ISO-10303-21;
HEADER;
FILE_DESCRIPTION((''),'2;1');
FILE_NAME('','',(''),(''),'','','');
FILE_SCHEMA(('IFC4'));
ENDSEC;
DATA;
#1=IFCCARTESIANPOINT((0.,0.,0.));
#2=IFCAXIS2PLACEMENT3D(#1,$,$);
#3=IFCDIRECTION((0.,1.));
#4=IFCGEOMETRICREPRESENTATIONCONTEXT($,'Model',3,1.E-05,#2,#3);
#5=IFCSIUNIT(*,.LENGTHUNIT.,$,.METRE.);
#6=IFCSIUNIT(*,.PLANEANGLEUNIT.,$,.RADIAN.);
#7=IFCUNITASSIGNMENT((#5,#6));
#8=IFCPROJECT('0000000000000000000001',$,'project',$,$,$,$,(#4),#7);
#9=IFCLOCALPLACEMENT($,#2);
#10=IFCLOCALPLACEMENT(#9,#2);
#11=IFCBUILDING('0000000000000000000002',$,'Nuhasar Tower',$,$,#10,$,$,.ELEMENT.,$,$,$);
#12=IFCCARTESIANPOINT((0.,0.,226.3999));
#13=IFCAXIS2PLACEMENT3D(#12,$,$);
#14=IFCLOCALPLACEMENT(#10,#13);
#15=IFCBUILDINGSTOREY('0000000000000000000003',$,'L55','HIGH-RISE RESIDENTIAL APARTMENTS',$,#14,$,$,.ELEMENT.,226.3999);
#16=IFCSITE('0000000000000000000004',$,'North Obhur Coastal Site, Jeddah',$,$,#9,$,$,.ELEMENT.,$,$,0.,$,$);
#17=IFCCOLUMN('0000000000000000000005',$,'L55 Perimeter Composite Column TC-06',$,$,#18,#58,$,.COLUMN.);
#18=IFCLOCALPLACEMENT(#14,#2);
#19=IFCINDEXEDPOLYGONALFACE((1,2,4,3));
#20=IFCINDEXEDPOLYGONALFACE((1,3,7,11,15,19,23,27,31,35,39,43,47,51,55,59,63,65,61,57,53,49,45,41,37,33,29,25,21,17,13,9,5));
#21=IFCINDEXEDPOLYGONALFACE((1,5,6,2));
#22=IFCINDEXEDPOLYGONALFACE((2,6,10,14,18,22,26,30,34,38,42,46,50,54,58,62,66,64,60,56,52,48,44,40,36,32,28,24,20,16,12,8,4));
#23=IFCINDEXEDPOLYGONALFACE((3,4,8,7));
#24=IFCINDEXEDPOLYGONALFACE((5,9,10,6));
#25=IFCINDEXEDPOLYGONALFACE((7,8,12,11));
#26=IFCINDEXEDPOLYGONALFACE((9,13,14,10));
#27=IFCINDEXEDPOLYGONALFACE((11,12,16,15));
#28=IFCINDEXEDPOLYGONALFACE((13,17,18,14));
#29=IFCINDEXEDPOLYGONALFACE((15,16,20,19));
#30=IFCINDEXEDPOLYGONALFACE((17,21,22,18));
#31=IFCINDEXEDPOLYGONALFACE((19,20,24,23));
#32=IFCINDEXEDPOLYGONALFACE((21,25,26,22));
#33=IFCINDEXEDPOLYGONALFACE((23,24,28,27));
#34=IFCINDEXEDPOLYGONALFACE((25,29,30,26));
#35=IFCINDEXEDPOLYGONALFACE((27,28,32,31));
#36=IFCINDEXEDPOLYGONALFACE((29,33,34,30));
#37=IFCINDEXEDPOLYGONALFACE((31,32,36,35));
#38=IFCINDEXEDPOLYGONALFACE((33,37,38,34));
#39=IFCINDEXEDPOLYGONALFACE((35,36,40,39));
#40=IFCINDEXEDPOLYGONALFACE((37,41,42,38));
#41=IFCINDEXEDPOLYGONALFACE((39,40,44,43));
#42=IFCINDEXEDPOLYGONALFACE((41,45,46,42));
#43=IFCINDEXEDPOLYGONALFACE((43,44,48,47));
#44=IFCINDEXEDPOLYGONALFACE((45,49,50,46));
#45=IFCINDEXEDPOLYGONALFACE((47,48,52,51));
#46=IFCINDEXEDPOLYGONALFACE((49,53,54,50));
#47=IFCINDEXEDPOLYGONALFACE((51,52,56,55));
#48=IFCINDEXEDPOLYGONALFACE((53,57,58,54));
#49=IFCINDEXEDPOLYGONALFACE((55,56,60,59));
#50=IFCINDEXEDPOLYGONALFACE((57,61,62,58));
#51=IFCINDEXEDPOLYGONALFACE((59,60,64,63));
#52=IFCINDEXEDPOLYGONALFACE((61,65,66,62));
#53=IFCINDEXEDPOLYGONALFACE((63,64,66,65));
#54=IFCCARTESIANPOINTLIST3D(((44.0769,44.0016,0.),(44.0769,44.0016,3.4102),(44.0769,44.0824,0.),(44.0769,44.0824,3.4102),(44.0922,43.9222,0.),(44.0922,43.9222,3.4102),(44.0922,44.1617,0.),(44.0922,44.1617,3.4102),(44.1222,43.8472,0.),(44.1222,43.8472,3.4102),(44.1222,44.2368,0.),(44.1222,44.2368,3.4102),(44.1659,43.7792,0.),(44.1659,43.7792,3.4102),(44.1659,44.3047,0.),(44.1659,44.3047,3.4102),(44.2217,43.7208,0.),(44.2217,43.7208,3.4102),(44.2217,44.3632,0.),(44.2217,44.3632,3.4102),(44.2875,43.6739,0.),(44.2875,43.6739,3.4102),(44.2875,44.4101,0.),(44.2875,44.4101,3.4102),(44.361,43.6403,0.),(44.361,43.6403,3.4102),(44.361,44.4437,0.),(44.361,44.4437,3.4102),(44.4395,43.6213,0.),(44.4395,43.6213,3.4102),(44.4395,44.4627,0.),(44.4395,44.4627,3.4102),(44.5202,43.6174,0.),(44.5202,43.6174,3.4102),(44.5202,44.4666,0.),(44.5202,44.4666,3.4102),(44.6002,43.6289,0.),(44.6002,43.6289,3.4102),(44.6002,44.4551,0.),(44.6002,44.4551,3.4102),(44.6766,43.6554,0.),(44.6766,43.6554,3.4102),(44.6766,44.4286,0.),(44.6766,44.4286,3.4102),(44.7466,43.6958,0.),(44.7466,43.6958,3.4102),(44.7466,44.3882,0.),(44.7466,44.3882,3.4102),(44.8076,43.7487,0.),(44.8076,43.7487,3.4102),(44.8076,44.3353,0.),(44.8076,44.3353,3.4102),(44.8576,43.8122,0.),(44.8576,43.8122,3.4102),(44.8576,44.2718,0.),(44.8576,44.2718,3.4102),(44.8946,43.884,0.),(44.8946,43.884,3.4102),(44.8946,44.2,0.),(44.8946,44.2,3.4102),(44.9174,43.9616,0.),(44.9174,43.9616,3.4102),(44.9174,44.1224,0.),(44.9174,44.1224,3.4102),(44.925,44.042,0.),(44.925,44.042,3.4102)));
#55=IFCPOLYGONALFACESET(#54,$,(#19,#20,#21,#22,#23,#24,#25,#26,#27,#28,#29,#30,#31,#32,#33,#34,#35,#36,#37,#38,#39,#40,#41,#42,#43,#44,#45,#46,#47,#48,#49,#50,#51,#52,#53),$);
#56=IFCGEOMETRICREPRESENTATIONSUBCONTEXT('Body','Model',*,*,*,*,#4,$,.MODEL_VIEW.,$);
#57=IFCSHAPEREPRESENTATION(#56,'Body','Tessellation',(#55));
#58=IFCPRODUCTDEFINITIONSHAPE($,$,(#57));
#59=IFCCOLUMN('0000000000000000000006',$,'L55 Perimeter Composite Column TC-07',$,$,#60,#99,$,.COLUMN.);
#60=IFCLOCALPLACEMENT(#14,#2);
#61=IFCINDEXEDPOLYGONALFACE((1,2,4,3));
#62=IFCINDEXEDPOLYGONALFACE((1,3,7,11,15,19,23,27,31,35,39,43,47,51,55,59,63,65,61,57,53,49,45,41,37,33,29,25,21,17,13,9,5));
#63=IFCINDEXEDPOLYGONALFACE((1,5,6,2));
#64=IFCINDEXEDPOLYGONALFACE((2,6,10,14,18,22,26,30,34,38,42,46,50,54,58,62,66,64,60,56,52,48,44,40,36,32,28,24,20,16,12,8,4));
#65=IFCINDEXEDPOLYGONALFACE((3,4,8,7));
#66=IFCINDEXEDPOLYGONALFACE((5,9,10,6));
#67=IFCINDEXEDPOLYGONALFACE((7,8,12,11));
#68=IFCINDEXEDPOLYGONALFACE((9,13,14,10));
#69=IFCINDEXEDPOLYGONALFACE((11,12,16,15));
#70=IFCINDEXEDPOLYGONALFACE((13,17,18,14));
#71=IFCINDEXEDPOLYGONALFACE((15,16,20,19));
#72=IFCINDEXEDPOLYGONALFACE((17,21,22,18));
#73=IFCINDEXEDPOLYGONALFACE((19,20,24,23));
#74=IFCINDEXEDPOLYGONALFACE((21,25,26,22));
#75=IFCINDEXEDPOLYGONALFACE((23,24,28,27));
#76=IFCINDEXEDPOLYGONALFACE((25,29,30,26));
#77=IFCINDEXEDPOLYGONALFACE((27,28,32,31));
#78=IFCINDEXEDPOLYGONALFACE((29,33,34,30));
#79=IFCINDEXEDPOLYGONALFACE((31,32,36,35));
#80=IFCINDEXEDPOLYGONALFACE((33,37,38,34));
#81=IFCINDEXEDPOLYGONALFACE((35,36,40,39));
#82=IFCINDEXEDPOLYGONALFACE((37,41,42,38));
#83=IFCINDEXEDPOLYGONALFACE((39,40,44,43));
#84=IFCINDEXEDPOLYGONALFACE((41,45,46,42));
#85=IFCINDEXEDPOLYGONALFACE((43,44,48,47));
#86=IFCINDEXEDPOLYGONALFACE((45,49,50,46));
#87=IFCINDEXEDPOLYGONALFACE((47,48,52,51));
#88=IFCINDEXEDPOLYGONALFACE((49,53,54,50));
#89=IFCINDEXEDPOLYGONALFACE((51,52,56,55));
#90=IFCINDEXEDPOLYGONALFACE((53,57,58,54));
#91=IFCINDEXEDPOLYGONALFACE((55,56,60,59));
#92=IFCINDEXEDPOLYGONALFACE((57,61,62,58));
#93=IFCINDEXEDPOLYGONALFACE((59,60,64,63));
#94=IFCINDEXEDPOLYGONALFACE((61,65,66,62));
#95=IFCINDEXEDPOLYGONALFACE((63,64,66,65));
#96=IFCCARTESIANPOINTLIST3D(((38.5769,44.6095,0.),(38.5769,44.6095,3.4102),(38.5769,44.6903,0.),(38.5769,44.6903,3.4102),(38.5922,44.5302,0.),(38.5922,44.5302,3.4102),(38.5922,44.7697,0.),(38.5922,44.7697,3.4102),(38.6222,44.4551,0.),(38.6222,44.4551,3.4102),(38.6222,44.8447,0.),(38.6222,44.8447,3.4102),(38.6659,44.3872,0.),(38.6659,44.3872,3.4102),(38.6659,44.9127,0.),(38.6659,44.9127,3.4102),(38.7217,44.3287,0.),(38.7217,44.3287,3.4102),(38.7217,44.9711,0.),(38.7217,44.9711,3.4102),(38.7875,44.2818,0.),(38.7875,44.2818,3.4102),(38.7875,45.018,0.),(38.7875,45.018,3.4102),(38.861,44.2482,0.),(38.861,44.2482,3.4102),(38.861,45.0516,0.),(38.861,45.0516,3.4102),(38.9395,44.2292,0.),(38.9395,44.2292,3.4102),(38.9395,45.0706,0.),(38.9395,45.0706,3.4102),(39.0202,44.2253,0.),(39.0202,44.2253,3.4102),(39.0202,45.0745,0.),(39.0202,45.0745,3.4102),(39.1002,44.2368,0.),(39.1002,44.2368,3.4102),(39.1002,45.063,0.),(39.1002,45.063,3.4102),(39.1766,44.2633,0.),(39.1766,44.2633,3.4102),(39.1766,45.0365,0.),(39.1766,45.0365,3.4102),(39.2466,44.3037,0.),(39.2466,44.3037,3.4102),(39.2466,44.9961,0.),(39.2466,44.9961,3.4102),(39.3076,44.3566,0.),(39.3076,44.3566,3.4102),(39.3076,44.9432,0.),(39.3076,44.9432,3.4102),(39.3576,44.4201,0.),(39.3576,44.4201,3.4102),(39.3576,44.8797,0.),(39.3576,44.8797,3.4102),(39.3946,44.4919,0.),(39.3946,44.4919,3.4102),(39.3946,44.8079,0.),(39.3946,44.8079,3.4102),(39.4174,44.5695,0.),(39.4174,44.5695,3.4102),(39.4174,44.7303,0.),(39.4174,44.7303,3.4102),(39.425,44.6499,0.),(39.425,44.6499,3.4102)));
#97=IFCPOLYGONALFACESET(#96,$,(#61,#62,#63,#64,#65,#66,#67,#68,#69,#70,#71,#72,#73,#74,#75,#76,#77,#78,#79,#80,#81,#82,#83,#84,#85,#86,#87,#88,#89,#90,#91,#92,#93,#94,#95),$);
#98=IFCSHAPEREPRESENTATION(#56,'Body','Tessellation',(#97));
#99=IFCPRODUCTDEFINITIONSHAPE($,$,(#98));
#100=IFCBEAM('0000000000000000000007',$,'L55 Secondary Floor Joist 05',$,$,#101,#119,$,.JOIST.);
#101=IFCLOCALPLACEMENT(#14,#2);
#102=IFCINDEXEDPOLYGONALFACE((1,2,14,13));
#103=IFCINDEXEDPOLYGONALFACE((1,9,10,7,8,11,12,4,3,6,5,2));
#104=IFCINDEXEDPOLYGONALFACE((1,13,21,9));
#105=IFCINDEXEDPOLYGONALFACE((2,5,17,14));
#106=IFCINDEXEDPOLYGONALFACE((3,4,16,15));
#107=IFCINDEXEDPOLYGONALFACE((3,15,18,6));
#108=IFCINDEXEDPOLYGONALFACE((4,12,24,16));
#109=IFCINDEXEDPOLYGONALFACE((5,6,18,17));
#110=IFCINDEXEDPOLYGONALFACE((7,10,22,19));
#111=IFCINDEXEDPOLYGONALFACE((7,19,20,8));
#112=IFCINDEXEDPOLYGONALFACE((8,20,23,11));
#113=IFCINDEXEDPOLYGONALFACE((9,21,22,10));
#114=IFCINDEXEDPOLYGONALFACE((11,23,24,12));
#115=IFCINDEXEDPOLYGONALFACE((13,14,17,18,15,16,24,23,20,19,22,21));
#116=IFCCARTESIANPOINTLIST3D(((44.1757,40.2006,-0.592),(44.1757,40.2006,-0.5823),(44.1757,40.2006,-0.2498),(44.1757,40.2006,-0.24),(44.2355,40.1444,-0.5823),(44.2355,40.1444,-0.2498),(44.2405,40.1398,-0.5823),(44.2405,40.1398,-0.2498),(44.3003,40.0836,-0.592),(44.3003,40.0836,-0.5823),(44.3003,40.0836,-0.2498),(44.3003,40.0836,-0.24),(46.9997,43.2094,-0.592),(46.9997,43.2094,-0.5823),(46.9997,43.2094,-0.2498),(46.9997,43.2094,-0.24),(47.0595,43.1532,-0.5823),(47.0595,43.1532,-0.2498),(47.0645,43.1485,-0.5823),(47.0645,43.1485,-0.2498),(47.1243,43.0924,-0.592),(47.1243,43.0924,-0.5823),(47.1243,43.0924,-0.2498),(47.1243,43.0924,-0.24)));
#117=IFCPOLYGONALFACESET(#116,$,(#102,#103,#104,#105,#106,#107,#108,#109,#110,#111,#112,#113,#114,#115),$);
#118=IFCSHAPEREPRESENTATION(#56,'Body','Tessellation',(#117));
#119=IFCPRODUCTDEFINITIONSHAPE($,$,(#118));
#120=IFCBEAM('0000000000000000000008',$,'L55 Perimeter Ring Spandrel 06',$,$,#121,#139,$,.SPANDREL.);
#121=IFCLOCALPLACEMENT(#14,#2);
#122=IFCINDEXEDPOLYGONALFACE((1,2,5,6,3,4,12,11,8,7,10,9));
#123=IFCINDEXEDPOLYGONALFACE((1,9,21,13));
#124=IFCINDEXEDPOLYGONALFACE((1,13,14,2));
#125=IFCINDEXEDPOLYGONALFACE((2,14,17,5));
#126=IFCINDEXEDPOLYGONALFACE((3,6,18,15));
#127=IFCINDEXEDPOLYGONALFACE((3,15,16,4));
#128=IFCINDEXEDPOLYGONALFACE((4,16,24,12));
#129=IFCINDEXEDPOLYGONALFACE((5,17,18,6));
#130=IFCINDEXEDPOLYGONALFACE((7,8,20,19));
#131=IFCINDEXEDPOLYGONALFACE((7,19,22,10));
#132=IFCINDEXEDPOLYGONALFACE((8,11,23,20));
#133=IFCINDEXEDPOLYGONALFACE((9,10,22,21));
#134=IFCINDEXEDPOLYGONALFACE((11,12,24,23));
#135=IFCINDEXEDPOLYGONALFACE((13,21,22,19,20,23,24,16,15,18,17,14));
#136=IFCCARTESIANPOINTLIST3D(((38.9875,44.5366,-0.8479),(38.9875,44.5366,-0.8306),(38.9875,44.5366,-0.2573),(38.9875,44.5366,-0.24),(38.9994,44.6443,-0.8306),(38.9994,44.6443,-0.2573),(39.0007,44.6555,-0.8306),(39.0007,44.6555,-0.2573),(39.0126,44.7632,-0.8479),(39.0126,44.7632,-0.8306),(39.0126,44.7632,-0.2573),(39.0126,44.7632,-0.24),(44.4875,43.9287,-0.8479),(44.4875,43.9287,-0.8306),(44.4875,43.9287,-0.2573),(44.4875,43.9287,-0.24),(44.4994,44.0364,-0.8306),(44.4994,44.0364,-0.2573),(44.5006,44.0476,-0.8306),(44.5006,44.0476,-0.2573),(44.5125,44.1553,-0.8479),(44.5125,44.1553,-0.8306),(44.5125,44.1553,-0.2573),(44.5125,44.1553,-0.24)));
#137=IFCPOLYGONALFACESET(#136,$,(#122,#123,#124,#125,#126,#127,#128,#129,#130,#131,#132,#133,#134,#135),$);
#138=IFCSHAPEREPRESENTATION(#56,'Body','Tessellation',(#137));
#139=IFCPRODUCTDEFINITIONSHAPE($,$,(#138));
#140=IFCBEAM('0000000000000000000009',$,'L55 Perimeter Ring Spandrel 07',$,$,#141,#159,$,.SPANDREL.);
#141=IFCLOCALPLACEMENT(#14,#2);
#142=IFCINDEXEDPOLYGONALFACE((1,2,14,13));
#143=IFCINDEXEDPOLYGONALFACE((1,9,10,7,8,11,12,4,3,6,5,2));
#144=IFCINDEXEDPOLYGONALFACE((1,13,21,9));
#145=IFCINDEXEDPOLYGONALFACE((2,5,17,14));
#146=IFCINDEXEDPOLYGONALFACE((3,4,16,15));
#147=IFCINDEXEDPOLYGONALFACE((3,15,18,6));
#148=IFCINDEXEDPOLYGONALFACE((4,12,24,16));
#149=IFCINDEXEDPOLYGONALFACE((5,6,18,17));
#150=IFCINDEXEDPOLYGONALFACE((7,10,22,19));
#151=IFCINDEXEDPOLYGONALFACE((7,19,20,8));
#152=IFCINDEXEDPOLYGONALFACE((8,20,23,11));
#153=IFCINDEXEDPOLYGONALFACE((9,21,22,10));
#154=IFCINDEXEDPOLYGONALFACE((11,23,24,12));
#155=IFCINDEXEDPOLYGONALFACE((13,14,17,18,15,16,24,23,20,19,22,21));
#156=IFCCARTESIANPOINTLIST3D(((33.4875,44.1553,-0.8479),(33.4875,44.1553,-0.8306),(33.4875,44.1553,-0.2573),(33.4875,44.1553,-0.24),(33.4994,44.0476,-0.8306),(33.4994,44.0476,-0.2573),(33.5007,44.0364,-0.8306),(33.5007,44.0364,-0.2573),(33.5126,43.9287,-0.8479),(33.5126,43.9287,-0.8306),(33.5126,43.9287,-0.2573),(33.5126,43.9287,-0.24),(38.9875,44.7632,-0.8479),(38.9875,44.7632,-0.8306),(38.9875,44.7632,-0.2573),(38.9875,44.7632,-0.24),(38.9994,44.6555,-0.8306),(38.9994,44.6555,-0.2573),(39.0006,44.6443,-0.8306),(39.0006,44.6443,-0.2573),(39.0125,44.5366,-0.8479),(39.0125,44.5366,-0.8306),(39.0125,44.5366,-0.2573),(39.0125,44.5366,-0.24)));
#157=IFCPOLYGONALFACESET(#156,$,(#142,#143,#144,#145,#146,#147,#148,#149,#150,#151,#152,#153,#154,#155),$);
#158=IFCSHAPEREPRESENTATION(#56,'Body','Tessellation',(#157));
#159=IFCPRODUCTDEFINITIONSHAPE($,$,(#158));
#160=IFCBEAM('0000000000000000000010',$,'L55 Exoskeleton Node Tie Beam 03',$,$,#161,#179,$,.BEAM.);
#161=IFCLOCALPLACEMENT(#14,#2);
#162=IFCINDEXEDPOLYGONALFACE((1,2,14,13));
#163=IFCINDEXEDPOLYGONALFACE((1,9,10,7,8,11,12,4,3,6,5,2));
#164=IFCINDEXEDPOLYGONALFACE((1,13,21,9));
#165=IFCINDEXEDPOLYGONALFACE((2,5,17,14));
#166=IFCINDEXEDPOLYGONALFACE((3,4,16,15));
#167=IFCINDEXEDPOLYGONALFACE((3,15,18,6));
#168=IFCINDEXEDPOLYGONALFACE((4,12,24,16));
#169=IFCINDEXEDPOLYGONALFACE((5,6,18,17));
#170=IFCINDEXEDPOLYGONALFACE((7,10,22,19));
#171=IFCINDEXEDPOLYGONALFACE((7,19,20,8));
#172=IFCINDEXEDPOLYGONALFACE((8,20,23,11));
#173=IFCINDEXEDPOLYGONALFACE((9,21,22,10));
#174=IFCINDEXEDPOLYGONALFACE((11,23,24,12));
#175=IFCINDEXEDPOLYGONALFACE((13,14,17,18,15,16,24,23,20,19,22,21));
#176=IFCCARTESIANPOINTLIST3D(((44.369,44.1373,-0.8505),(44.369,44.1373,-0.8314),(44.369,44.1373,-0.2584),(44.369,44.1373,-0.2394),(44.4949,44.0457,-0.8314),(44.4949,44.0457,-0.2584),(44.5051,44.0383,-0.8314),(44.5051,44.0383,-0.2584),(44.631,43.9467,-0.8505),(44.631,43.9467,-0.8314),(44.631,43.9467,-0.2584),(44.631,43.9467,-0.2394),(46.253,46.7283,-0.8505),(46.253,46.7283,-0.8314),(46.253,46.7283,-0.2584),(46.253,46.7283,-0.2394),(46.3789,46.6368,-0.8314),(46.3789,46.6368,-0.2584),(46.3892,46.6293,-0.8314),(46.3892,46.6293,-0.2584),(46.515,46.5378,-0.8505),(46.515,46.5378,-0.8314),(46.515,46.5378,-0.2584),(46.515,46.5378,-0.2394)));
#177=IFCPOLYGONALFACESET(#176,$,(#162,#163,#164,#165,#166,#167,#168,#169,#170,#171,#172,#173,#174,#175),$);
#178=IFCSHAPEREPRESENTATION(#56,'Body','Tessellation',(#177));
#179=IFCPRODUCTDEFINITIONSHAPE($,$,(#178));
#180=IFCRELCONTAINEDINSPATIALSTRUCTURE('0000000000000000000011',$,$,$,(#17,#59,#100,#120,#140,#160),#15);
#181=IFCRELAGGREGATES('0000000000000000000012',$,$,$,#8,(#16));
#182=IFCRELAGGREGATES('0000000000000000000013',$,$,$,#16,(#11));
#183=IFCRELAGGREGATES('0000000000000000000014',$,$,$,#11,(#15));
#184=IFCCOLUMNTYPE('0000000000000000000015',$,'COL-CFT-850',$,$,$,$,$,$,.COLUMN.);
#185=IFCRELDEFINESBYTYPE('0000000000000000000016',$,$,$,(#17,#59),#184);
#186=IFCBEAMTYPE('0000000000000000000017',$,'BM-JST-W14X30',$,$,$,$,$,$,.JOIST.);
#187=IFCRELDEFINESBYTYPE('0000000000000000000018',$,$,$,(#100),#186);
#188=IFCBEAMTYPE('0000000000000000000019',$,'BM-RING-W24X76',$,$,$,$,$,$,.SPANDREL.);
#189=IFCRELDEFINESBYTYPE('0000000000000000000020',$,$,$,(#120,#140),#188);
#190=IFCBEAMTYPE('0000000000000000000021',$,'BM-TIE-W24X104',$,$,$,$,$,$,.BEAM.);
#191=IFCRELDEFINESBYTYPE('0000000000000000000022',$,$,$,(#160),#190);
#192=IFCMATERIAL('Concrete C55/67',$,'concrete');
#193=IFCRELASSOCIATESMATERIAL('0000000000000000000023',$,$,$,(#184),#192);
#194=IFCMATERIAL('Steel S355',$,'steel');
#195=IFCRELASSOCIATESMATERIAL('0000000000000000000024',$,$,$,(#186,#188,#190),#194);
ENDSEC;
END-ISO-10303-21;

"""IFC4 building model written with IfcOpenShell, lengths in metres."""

from ifc_helpers import new_model, si_unit, direction, frame, origin, origin_2d, place, context, subcontext, project, spatial, circle, i_section, extrude, material, material_profile, profile_set, type_object, element, save


model = new_model("IFC4")

# Units and contexts
model_context = context("Model", 3, precision=1e-05, world=origin(), true_north=direction((0.0, 1.0)))
body_context = subcontext(model_context, "Body", "Model", "MODEL_VIEW")
ifc_project = project(units=[si_unit("LENGTHUNIT", "METRE"), si_unit("PLANEANGLEUNIT", "RADIAN")], contexts=[model_context])

# Site, building, storey
site_placement = place(None, origin())
site = spatial("IfcSite", under=ifc_project, at=site_placement, Name="North Obhur Coastal Site, Jeddah", CompositionType="ELEMENT", RefElevation=0.0)
building_placement = place(site_placement, origin())
building = spatial("IfcBuilding", under=site, at=building_placement, Name="Nuhasar Tower", CompositionType="ELEMENT")
storey_placement = place(building_placement, frame((0.0, 0.0, 226.3999)))
storey = spatial("IfcBuildingStorey", under=building, at=storey_placement, Name="L55", Description="HIGH-RISE RESIDENTIAL APARTMENTS", CompositionType="ELEMENT", Elevation=226.3999)

# Columns
ifc_material_1 = material(Name="Concrete C55/67", Category="concrete")
ifc_material_profile_1 = material_profile(ifc_material_1, circle(Radius=0.425, at=origin_2d()), Name="CFT850")
ifc_profile_set_1 = profile_set([ifc_material_profile_1], Name="Concrete C55/67")
column_type = type_object("IfcColumnType", Name="COL-CFT-850", PredefinedType="COLUMN", material=ifc_profile_set_1)
for number, where, z_axis, x_axis, name in (
    (1, (44.5, 44.042, 0.0), (0.0, 0.0, 1.0), (1.0, 0.0, 0.0), "L55 Perimeter Composite Column TC-06"),
    (2, (39.0, 44.6499, 0.0), (0.0, 0.0, 1.0), (1.0, 0.0, 0.0), "L55 Perimeter Composite Column TC-07"),
):
    element("IfcColumn", number, at=place(storey_placement, frame(where, z_axis=z_axis, x_axis=x_axis)), inside=storey, type_object=column_type, Name=name, PredefinedType="COLUMN", context=body_context, shape_type="SweptSolid", body=[
        extrude(circle(Radius=0.425, at=origin_2d()), origin(), (0.0, 0.0, 1.0), 3.4102),
    ])

# Beams
ifc_material_2 = material(Name="Steel S355", Category="steel")
ifc_material_profile_2 = material_profile(ifc_material_2, i_section(OverallWidth=0.1709, OverallDepth=0.3521, WebThickness=0.0068, FlangeThickness=0.0098, at=origin_2d()), Name="W14X30")
ifc_profile_set_2 = profile_set([ifc_material_profile_2], Name="Steel S355")
beam_type_1 = type_object("IfcBeamType", Name="BM-JST-W14X30", PredefinedType="JOIST", material=ifc_profile_set_2)
beam_1_placement = place(storey_placement, frame((44.238, 40.1421, -0.416), z_axis=(0.684358, 0.729146, 0.0), x_axis=(-0.729146, 0.684358, 0.0)))
element("IfcBeam", 3, at=beam_1_placement, inside=storey, type_object=beam_type_1, Name="L55 Secondary Floor Joist 05", PredefinedType="JOIST", context=body_context, shape_type="SweptSolid", body=[
    extrude(i_section(OverallWidth=0.1709, OverallDepth=0.3521, WebThickness=0.0068, FlangeThickness=0.0098, at=origin_2d()), origin(), (0.0, 0.0, 1.0), 4.1265),
])
ifc_material_profile_3 = material_profile(ifc_material_2, i_section(OverallWidth=0.228, OverallDepth=0.6079, WebThickness=0.0112, FlangeThickness=0.0173, at=origin_2d()), Name="W24X76")
ifc_profile_set_3 = profile_set([ifc_material_profile_3], Name="Steel S355")
beam_type_2 = type_object("IfcBeamType", Name="BM-RING-W24X76", PredefinedType="SPANDREL", material=ifc_profile_set_3)
for number, where, z_axis, x_axis, name in (
    (4, (44.5, 44.042, -0.5439), (-0.993947, 0.10986, 0.0), (-0.10986, -0.993947, 0.0), "L55 Perimeter Ring Spandrel 06"),
    (5, (39.0, 44.6499, -0.5439), (-0.993947, -0.10986, 0.0), (0.10986, -0.993947, 0.0), "L55 Perimeter Ring Spandrel 07"),
):
    element("IfcBeam", number, at=place(storey_placement, frame(where, z_axis=z_axis, x_axis=x_axis)), inside=storey, type_object=beam_type_2, Name=name, PredefinedType="SPANDREL", context=body_context, shape_type="SweptSolid", body=[
        extrude(i_section(OverallWidth=0.228, OverallDepth=0.6079, WebThickness=0.0112, FlangeThickness=0.0173, at=origin_2d()), origin(), (0.0, 0.0, 1.0), 5.5334),
    ])
ifc_material_profile_4 = material_profile(ifc_material_2, i_section(OverallWidth=0.324, OverallDepth=0.6111, WebThickness=0.0127, FlangeThickness=0.019, at=origin_2d()), Name="W24X104")
ifc_profile_set_4 = profile_set([ifc_material_profile_4], Name="Steel S355")
beam_type_3 = type_object("IfcBeamType", Name="BM-TIE-W24X104", PredefinedType="BEAM", material=ifc_profile_set_4)
beam_2_placement = place(storey_placement, frame((44.5, 44.042, -0.5449), z_axis=(0.588095, 0.808792, 0.0), x_axis=(-0.808792, 0.588095, 0.0)))
element("IfcBeam", 6, at=beam_2_placement, inside=storey, type_object=beam_type_3, Name="L55 Exoskeleton Node Tie Beam 03", PredefinedType="BEAM", context=body_context, shape_type="SweptSolid", body=[
    extrude(i_section(OverallWidth=0.324, OverallDepth=0.6111, WebThickness=0.0127, FlangeThickness=0.019, at=origin_2d()), origin(), (0.0, 0.0, 1.0), 3.2036),
])

save(model, "model.ifc")
